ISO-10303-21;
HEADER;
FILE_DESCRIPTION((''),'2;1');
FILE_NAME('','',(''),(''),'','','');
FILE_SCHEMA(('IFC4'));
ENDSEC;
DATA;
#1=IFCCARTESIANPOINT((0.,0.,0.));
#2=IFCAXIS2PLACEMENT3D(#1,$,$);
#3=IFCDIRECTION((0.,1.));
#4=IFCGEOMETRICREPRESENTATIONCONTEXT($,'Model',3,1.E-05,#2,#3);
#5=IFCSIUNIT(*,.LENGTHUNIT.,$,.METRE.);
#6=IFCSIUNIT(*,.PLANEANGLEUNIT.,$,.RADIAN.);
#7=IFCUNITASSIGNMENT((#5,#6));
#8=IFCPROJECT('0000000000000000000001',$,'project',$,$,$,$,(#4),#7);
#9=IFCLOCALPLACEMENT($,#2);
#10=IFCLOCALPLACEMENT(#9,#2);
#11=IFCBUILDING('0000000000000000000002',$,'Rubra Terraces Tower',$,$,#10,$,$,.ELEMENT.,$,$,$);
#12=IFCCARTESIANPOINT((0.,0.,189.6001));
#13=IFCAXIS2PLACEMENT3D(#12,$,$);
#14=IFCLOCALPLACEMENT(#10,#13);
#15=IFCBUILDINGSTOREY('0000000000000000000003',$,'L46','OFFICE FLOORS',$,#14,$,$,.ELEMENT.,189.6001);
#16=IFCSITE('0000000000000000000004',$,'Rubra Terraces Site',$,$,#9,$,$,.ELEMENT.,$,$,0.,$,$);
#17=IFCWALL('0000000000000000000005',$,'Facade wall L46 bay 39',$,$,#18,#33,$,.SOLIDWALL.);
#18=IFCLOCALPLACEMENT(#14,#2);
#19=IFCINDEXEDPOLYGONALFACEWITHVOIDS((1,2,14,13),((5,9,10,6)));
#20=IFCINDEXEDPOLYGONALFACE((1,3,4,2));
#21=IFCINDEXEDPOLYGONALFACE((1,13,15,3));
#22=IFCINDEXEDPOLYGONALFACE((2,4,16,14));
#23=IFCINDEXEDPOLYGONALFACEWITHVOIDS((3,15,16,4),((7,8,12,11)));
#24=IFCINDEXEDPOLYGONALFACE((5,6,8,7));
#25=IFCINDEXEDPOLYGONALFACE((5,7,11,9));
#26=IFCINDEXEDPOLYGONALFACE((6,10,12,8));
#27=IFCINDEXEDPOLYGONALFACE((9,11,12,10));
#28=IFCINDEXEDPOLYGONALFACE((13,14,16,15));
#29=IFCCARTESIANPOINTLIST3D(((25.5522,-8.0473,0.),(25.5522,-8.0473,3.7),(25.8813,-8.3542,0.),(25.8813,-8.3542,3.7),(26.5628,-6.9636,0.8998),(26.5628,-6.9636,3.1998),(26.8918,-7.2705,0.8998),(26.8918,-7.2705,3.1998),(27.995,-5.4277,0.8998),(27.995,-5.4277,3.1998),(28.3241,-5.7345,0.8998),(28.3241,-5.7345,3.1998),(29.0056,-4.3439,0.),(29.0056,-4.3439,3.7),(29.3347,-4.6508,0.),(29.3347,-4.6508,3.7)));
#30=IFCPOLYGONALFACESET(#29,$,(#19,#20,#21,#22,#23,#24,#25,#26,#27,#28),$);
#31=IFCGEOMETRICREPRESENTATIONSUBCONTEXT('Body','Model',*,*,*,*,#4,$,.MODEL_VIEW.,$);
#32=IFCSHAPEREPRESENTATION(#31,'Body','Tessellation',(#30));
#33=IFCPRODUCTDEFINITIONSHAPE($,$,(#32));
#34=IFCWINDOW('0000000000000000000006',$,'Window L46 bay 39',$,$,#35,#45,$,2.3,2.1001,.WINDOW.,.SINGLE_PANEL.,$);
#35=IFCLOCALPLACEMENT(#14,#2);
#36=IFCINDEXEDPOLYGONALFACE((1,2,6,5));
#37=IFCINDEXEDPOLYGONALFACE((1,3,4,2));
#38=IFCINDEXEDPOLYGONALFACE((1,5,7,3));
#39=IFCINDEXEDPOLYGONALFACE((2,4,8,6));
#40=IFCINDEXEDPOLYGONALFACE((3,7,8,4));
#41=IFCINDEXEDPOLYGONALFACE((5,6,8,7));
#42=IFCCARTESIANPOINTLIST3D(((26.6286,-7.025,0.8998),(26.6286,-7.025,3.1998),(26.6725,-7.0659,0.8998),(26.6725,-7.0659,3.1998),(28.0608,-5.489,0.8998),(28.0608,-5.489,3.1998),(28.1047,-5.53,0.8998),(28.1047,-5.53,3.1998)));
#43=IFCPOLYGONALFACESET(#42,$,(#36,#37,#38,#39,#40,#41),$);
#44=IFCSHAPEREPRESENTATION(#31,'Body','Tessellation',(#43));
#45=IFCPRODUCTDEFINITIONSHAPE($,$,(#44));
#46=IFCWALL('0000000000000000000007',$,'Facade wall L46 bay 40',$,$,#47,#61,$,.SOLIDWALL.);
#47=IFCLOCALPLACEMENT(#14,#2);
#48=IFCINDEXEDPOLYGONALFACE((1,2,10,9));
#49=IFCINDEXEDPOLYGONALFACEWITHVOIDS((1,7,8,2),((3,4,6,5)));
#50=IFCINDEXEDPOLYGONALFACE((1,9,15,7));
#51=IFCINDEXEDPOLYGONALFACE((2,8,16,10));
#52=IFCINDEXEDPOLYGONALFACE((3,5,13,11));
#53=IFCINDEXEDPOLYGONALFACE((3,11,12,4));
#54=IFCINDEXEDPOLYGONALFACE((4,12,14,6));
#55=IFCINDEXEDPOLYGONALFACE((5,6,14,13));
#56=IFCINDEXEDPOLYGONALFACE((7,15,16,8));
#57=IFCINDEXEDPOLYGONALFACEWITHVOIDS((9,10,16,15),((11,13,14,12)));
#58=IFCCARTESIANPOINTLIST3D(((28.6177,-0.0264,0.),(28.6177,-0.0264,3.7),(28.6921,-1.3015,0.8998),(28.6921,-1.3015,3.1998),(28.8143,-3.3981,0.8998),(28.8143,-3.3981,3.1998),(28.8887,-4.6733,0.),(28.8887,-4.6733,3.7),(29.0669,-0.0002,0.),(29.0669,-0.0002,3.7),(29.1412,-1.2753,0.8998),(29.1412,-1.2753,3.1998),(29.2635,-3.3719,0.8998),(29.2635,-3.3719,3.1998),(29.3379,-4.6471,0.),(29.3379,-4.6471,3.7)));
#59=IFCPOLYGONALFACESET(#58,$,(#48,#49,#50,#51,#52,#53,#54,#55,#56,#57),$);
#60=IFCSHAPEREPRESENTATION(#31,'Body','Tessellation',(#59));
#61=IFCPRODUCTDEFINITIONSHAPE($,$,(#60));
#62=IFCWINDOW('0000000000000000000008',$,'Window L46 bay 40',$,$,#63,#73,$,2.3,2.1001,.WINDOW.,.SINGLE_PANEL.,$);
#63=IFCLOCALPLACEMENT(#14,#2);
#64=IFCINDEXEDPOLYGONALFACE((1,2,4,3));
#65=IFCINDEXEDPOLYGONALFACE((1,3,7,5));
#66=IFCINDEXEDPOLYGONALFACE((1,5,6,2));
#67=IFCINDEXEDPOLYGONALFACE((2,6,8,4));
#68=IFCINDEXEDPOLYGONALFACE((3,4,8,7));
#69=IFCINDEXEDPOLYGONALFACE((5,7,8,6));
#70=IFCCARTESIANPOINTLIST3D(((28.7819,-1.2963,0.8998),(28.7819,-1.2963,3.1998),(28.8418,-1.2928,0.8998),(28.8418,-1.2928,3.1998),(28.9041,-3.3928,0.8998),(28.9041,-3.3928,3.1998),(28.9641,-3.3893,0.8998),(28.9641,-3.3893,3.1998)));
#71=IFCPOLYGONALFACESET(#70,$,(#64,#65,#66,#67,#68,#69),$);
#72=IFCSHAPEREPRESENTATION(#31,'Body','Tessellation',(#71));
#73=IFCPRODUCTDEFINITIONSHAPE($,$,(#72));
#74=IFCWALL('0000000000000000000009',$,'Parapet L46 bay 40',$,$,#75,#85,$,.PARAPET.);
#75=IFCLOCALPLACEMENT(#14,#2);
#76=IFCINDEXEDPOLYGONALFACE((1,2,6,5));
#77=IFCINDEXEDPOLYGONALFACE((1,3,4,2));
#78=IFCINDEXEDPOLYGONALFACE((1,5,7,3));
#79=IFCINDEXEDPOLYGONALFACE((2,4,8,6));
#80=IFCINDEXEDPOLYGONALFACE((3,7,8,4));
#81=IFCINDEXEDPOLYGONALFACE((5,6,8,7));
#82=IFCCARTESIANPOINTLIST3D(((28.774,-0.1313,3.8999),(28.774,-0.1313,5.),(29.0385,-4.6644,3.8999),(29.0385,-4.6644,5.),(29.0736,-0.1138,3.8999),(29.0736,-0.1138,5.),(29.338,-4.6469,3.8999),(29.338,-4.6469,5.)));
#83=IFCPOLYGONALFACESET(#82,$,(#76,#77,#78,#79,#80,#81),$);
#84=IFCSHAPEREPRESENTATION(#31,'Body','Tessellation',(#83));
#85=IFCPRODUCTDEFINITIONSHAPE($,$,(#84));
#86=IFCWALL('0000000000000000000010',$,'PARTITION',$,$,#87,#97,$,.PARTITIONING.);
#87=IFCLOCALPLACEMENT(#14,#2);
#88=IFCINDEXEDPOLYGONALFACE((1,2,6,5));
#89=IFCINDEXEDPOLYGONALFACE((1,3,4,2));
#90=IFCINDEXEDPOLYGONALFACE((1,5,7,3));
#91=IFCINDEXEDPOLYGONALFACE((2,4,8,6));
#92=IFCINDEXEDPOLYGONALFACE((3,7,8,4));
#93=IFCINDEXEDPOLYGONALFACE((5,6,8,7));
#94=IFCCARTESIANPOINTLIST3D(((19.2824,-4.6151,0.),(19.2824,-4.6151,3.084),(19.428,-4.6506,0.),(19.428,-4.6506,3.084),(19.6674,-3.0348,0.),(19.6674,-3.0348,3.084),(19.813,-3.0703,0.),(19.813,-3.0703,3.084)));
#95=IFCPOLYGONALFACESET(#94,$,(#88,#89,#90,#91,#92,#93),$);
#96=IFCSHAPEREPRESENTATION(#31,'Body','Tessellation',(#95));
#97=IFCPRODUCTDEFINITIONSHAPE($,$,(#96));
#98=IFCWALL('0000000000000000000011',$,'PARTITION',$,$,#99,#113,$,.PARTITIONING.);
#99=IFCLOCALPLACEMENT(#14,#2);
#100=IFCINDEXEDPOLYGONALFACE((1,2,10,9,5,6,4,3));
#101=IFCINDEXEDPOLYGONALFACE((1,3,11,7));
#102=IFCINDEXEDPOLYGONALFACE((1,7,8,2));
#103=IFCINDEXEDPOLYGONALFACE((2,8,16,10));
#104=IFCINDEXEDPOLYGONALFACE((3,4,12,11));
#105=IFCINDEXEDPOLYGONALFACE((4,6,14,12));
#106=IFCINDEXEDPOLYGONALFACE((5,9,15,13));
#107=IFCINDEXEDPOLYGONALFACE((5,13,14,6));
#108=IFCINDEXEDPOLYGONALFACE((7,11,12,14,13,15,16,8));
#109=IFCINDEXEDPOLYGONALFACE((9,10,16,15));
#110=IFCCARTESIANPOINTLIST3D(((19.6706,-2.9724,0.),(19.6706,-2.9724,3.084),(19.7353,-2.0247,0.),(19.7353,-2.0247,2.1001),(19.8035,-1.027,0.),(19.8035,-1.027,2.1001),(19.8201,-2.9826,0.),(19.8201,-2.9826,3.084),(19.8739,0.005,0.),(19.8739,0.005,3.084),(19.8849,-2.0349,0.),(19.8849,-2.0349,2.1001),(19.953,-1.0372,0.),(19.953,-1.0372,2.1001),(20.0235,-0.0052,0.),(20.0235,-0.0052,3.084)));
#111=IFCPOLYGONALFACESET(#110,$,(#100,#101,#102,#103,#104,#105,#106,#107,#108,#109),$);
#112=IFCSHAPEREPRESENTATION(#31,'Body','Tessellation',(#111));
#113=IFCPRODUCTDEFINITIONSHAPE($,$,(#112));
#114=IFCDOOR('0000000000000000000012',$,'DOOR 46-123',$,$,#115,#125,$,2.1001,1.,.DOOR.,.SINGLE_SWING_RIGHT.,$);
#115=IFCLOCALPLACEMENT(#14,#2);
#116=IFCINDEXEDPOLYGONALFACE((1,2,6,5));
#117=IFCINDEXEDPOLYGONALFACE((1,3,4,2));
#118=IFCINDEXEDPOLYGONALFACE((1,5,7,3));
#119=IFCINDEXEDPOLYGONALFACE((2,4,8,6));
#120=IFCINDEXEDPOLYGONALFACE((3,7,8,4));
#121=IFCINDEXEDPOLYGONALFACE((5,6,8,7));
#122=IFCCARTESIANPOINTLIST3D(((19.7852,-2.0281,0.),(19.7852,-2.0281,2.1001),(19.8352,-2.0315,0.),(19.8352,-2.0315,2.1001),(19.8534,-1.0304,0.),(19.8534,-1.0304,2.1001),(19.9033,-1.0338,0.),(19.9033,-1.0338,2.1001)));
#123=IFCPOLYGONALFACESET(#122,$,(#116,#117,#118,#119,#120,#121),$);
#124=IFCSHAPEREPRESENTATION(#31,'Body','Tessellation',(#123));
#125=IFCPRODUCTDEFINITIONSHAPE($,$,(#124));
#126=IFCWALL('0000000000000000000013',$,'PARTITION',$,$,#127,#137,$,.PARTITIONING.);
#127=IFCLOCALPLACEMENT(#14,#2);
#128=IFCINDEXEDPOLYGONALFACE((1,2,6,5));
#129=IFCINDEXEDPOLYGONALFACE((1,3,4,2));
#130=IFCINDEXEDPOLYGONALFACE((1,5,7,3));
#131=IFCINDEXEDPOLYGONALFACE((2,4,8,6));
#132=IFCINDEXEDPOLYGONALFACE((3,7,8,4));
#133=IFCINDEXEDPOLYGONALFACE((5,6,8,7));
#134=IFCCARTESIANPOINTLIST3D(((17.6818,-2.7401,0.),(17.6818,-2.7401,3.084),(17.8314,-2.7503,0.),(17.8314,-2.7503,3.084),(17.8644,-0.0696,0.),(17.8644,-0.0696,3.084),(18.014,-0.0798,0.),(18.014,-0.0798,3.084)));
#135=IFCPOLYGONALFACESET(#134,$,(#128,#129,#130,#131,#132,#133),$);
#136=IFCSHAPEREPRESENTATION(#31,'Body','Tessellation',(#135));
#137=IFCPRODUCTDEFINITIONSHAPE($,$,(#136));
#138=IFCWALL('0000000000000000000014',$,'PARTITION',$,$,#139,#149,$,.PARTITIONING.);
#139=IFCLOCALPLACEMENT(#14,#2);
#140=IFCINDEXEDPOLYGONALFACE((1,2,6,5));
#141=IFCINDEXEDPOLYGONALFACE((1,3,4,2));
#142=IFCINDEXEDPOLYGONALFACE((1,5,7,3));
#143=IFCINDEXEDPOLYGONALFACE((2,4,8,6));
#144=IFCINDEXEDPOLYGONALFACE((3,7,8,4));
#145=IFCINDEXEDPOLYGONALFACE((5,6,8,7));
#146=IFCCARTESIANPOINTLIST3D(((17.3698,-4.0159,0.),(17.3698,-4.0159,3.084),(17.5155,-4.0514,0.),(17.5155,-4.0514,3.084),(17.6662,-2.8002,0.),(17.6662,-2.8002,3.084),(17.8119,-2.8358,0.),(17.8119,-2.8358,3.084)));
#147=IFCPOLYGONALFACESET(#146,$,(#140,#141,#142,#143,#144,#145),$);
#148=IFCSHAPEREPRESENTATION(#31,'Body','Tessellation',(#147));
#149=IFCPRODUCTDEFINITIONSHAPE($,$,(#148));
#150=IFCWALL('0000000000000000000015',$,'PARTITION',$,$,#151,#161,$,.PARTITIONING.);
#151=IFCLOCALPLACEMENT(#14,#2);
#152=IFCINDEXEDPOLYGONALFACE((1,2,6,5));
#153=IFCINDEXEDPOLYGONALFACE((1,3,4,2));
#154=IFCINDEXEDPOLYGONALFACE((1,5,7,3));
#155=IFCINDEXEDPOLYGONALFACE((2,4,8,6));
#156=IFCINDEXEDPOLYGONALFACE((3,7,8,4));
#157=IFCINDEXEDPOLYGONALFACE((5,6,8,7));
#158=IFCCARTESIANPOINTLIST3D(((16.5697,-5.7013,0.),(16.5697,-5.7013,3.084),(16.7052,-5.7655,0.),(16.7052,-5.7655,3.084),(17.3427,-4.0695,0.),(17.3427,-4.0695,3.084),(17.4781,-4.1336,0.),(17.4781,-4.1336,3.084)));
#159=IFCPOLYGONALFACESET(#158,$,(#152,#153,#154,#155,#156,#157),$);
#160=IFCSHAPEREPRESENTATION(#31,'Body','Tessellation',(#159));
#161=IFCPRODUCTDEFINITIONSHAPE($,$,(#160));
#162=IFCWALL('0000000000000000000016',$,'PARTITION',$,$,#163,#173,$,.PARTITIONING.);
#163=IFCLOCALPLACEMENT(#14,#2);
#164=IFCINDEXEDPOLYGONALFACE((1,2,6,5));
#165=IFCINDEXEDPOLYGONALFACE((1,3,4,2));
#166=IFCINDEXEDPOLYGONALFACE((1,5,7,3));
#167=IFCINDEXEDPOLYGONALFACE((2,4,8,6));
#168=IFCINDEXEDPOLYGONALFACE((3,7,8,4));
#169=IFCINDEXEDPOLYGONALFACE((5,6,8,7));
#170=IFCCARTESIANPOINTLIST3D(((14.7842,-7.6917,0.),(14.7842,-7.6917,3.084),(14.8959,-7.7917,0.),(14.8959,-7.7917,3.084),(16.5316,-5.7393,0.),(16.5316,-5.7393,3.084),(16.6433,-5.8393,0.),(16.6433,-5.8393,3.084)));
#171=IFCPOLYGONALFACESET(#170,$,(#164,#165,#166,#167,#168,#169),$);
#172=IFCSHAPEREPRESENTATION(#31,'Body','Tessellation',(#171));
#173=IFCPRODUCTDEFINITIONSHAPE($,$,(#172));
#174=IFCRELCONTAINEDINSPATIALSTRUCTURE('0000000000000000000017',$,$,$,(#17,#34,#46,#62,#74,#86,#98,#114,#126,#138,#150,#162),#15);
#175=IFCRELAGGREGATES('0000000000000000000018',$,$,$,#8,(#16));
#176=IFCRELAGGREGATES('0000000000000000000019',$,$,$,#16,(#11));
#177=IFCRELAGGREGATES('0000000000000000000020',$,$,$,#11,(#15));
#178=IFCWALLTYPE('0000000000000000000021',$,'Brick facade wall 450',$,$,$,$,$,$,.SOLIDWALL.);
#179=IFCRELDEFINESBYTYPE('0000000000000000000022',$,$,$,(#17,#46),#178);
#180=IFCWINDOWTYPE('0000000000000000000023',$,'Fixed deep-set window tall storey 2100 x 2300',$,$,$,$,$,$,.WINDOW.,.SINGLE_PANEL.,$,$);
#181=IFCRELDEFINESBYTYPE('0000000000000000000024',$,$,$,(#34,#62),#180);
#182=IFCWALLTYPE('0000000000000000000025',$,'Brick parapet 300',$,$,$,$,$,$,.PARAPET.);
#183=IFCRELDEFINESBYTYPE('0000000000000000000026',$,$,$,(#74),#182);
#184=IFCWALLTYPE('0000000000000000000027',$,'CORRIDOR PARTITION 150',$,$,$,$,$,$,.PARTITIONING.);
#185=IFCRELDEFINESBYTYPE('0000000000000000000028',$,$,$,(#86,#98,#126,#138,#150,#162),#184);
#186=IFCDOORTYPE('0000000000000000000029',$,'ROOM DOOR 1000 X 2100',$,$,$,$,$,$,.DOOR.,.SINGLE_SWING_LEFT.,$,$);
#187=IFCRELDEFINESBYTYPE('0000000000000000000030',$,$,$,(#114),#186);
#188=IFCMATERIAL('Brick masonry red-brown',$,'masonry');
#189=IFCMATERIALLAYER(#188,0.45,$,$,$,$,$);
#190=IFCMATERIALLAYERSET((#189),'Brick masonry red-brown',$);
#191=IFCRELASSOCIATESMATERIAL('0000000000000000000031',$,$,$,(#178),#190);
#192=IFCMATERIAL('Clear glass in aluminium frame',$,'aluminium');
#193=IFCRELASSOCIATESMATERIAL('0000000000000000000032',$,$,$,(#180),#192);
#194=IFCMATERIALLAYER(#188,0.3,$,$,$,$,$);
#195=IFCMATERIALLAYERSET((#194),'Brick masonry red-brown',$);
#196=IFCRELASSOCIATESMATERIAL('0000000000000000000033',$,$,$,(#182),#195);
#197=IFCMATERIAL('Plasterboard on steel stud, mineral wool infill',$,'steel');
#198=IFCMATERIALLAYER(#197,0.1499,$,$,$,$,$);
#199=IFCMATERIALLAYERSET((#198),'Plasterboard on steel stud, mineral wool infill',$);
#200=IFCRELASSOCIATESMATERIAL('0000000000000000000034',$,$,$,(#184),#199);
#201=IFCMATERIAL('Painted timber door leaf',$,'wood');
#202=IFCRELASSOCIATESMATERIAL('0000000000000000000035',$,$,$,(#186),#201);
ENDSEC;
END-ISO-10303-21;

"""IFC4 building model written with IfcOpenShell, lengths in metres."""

from ifc_helpers import new_model, si_unit, direction, frame, frame_2d, origin, place, context, subcontext, project, spatial, rectangle, extrude, material, layer, layer_set, type_object, element, fill, save


model = new_model("IFC4")

# Units and contexts
model_context = context("Model", 3, precision=1e-05, world=origin(), true_north=direction((0.0, 1.0)))
body_context = subcontext(model_context, "Body", "Model", "MODEL_VIEW")
ifc_project = project(units=[si_unit("LENGTHUNIT", "METRE"), si_unit("PLANEANGLEUNIT", "RADIAN")], contexts=[model_context])

# Site, building, storey
site_placement = place(None, origin())
site = spatial("IfcSite", under=ifc_project, at=site_placement, Name="Rubra Terraces Site", CompositionType="ELEMENT", RefElevation=0.0)
building_placement = place(site_placement, origin())
building = spatial("IfcBuilding", under=site, at=building_placement, Name="Rubra Terraces Tower", CompositionType="ELEMENT")
storey_placement = place(building_placement, frame((0.0, 0.0, 189.6001)))
storey = spatial("IfcBuildingStorey", under=building, at=storey_placement, Name="L46", Description="OFFICE FLOORS", CompositionType="ELEMENT", Elevation=189.6001)

# Walls, openings, windows
ifc_material_1 = material(Name="Brick masonry red-brown", Category="masonry")
ifc_layer_1 = layer(ifc_material_1, 0.45)
ifc_layer_set_1 = layer_set([ifc_layer_1], Name="Brick masonry red-brown")
wall_type_1 = type_object("IfcWallType", Name="Brick facade wall 450", PredefinedType="SOLIDWALL", material=ifc_layer_set_1)
ifc_material_2 = material(Name="Clear glass in aluminium frame", Category="aluminium")
window_type = type_object("IfcWindowType", Name="Fixed deep-set window tall storey 2100 x 2300", PartitioningType="SINGLE_PANEL", PredefinedType="WINDOW", material=ifc_material_2)
wall_1_placement = place(storey_placement, frame((25.7168, -8.2007, 0.0), z_axis=(0.0, 0.0, 1.0), x_axis=(0.68199, 0.731361, 0.0)))
wall_1 = element("IfcWall", 1, at=wall_1_placement, inside=storey, type_object=wall_type_1, Name="Facade wall L46 bay 39", PredefinedType="SOLIDWALL", context=body_context, shape_type="SweptSolid", body=[
    extrude(rectangle(XDim=5.0637, YDim=0.45, at=frame_2d((2.5317, 0.0))), origin(), (0.0, 0.0, 1.0), 3.7),
])
opening_1_placement = place(wall_1_placement, frame((1.4817, 0.0, 0.8999)))
opening_1 = element("IfcOpeningElement", 2, at=opening_1_placement, cuts=wall_1, PredefinedType="OPENING", context=body_context, shape_type="SweptSolid", body=[
    extrude(rectangle(XDim=2.1001, YDim=2.3, at=frame_2d((1.05, 1.1499))), frame((0.0, 0.2349, 0.0), z_axis=(0.0, -1.0, 0.0), x_axis=(1.0, 0.0, 0.0)), (0.0, 0.0, 1.0), 0.47),
])
window_1_placement = place(opening_1_placement, origin())
window_1 = element("IfcWindow", 3, at=window_1_placement, inside=storey, type_object=window_type, Name="Window L46 bay 39", OverallHeight=2.3, OverallWidth=2.1001, PartitioningType="SINGLE_PANEL", PredefinedType="WINDOW", context=body_context, shape_type="SweptSolid", body=[
    extrude(rectangle(XDim=2.1001, YDim=2.3, at=frame_2d((1.05, 1.1499))), frame((0.0, 0.135, 0.0), z_axis=(0.0, -1.0, 0.0), x_axis=(1.0, 0.0, 0.0)), (0.0, 0.0, 1.0), 0.0601),
])
fill(opening_1, window_1)
wall_2_placement = place(storey_placement, frame((29.1133, -4.6602, 0.0), z_axis=(0.0, 0.0, 1.0), x_axis=(-0.058218, 0.998304, 0.0)))
wall_2 = element("IfcWall", 4, at=wall_2_placement, inside=storey, type_object=wall_type_1, Name="Facade wall L46 bay 40", PredefinedType="SOLIDWALL", context=body_context, shape_type="SweptSolid", body=[
    extrude(rectangle(XDim=4.6548, YDim=0.45, at=frame_2d((2.3274, 0.0))), origin(), (0.0, 0.0, 1.0), 3.7),
])
opening_2_placement = place(wall_2_placement, frame((1.2773, 0.0, 0.8999)))
opening_2 = element("IfcOpeningElement", 5, at=opening_2_placement, cuts=wall_2, PredefinedType="OPENING", context=body_context, shape_type="SweptSolid", body=[
    extrude(rectangle(XDim=2.1001, YDim=2.3, at=frame_2d((1.05, 1.1499))), frame((0.0, 0.2349, 0.0), z_axis=(0.0, -1.0, 0.0), x_axis=(1.0, 0.0, 0.0)), (0.0, 0.0, 1.0), 0.47),
])
window_2_placement = place(opening_2_placement, origin())
window_2 = element("IfcWindow", 6, at=window_2_placement, inside=storey, type_object=window_type, Name="Window L46 bay 40", OverallHeight=2.3, OverallWidth=2.1001, PartitioningType="SINGLE_PANEL", PredefinedType="WINDOW", context=body_context, shape_type="SweptSolid", body=[
    extrude(rectangle(XDim=2.1001, YDim=2.3, at=frame_2d((1.05, 1.1499))), frame((0.0, 0.135, 0.0), z_axis=(0.0, -1.0, 0.0), x_axis=(1.0, 0.0, 0.0)), (0.0, 0.0, 1.0), 0.0601),
])
fill(opening_2, window_2)

# Wall
ifc_layer_2 = layer(ifc_material_1, 0.3)
ifc_layer_set_2 = layer_set([ifc_layer_2], Name="Brick masonry red-brown")
wall_type_2 = type_object("IfcWallType", Name="Brick parapet 300", PredefinedType="PARAPET", material=ifc_layer_set_2)
wall_3_placement = place(storey_placement, frame((29.1882, -4.6558, 3.8999), z_axis=(0.0, 0.0, 1.0), x_axis=(-0.05823, 0.998303, 0.0)))
element("IfcWall", 7, at=wall_3_placement, inside=storey, type_object=wall_type_2, Name="Parapet L46 bay 40", PredefinedType="PARAPET", context=body_context, shape_type="SweptSolid", body=[
    extrude(rectangle(XDim=4.5408, YDim=0.3, at=frame_2d((2.2705, 0.0))), origin(), (0.0, 0.0, 1.0), 1.1001),
])

# Shared definitions
ifc_material_3 = material(Name="Plasterboard on steel stud, mineral wool infill", Category="steel")
ifc_layer_3 = layer(ifc_material_3, 0.1499)
ifc_layer_set_3 = layer_set([ifc_layer_3], Name="Plasterboard on steel stud, mineral wool infill")
wall_type_3 = type_object("IfcWallType", Name="CORRIDOR PARTITION 150", PredefinedType="PARTITIONING", material=ifc_layer_set_3)

# Wall
wall_4_placement = place(storey_placement, frame((19.3552, -4.6328, 0.0), z_axis=(0.0, 0.0, 1.0), x_axis=(0.236704, 0.971582, 0.0)))
element("IfcWall", 8, at=wall_4_placement, inside=storey, type_object=wall_type_3, Name="PARTITION", PredefinedType="PARTITIONING", context=body_context, shape_type="SweptSolid", body=[
    extrude(rectangle(XDim=1.6265, YDim=0.1499, at=frame_2d((0.8132, 0.0))), origin(), (0.0, 0.0, 1.0), 3.084),
])

# Wall, opening, door
wall_5_placement = place(storey_placement, frame((19.7454, -2.9775, 0.0), z_axis=(0.0, 0.0, 1.0), x_axis=(0.068142, 0.997676, 0.0)))
wall_5 = element("IfcWall", 9, at=wall_5_placement, inside=storey, type_object=wall_type_3, Name="PARTITION", PredefinedType="PARTITIONING", context=body_context, shape_type="SweptSolid", body=[
    extrude(rectangle(XDim=2.9844, YDim=0.1499, at=frame_2d((1.4922, 0.0))), origin(), (0.0, 0.0, 1.0), 3.084),
])
opening_3_placement = place(wall_5_placement, frame((0.95, 0.0, 0.0)))
opening_3 = element("IfcOpeningElement", 10, at=opening_3_placement, cuts=wall_5, PredefinedType="OPENING", context=body_context, shape_type="SweptSolid", body=[
    extrude(rectangle(XDim=1.0, YDim=2.1001, at=frame_2d((0.5, 1.05))), frame((0.0, 0.085, 0.0), z_axis=(0.0, -1.0, 0.0), x_axis=(1.0, 0.0, 0.0)), (0.0, 0.0, 1.0), 0.1699),
])
ifc_material_4 = material(Name="Painted timber door leaf", Category="wood")
door_type_1 = type_object("IfcDoorType", Name="ROOM DOOR 1000 X 2100", OperationType="SINGLE_SWING_LEFT", PredefinedType="DOOR", material=ifc_material_4)
door_1_placement = place(opening_3_placement, origin())
door_1 = element("IfcDoor", 11, at=door_1_placement, inside=storey, type_object=door_type_1, Name="DOOR 46-123", OperationType="SINGLE_SWING_RIGHT", OverallHeight=2.1001, OverallWidth=1.0, PredefinedType="DOOR", context=body_context, shape_type="SweptSolid", body=[
    extrude(rectangle(XDim=1.0, YDim=2.1001, at=frame_2d((0.5, 1.05))), frame((0.0, 0.0249, 0.0), z_axis=(0.0, -1.0, 0.0), x_axis=(1.0, 0.0, 0.0)), (0.0, 0.0, 1.0), 0.05),
])
fill(opening_3, door_1)

# Walls
wall_6_placement = place(storey_placement, frame((17.9392, -0.0747, 0.0), z_axis=(0.0, 0.0, 1.0), x_axis=(-0.068226, -0.99767, 0.0)))
element("IfcWall", 12, at=wall_6_placement, inside=storey, type_object=wall_type_3, Name="PARTITION", PredefinedType="PARTITIONING", context=body_context, shape_type="SweptSolid", body=[
    extrude(rectangle(XDim=2.6768, YDim=0.1499, at=frame_2d((1.3384, 0.0))), origin(), (0.0, 0.0, 1.0), 3.084),
])
wall_7_placement = place(storey_placement, frame((17.739, -2.8181, 0.0), z_axis=(0.0, 0.0, 1.0), x_axis=(-0.236884, -0.971538, 0.0)))
element("IfcWall", 13, at=wall_7_placement, inside=storey, type_object=wall_type_3, Name="PARTITION", PredefinedType="PARTITIONING", context=body_context, shape_type="SweptSolid", body=[
    extrude(rectangle(XDim=1.2512, YDim=0.1499, at=frame_2d((0.6255, 0.0))), origin(), (0.0, 0.0, 1.0), 3.084),
])
wall_8_placement = place(storey_placement, frame((17.4104, -4.1016, 0.0), z_axis=(0.0, 0.0, 1.0), x_axis=(-0.428075, -0.903743, 0.0)))
element("IfcWall", 14, at=wall_8_placement, inside=storey, type_object=wall_type_3, Name="PARTITION", PredefinedType="PARTITIONING", context=body_context, shape_type="SweptSolid", body=[
    extrude(rectangle(XDim=1.8057, YDim=0.1499, at=frame_2d((0.9028, 0.0))), origin(), (0.0, 0.0, 1.0), 3.084),
])
wall_9_placement = place(storey_placement, frame((16.5874, -5.7893, 0.0), z_axis=(0.0, 0.0, 1.0), x_axis=(-0.666887, -0.745158, 0.0)))
element("IfcWall", 15, at=wall_9_placement, inside=storey, type_object=wall_type_3, Name="PARTITION", PredefinedType="PARTITIONING", context=body_context, shape_type="SweptSolid", body=[
    extrude(rectangle(XDim=2.6201, YDim=0.1499, at=frame_2d((1.3101, 0.0))), origin(), (0.0, 0.0, 1.0), 3.084),
])

save(model, "model.ifc")
